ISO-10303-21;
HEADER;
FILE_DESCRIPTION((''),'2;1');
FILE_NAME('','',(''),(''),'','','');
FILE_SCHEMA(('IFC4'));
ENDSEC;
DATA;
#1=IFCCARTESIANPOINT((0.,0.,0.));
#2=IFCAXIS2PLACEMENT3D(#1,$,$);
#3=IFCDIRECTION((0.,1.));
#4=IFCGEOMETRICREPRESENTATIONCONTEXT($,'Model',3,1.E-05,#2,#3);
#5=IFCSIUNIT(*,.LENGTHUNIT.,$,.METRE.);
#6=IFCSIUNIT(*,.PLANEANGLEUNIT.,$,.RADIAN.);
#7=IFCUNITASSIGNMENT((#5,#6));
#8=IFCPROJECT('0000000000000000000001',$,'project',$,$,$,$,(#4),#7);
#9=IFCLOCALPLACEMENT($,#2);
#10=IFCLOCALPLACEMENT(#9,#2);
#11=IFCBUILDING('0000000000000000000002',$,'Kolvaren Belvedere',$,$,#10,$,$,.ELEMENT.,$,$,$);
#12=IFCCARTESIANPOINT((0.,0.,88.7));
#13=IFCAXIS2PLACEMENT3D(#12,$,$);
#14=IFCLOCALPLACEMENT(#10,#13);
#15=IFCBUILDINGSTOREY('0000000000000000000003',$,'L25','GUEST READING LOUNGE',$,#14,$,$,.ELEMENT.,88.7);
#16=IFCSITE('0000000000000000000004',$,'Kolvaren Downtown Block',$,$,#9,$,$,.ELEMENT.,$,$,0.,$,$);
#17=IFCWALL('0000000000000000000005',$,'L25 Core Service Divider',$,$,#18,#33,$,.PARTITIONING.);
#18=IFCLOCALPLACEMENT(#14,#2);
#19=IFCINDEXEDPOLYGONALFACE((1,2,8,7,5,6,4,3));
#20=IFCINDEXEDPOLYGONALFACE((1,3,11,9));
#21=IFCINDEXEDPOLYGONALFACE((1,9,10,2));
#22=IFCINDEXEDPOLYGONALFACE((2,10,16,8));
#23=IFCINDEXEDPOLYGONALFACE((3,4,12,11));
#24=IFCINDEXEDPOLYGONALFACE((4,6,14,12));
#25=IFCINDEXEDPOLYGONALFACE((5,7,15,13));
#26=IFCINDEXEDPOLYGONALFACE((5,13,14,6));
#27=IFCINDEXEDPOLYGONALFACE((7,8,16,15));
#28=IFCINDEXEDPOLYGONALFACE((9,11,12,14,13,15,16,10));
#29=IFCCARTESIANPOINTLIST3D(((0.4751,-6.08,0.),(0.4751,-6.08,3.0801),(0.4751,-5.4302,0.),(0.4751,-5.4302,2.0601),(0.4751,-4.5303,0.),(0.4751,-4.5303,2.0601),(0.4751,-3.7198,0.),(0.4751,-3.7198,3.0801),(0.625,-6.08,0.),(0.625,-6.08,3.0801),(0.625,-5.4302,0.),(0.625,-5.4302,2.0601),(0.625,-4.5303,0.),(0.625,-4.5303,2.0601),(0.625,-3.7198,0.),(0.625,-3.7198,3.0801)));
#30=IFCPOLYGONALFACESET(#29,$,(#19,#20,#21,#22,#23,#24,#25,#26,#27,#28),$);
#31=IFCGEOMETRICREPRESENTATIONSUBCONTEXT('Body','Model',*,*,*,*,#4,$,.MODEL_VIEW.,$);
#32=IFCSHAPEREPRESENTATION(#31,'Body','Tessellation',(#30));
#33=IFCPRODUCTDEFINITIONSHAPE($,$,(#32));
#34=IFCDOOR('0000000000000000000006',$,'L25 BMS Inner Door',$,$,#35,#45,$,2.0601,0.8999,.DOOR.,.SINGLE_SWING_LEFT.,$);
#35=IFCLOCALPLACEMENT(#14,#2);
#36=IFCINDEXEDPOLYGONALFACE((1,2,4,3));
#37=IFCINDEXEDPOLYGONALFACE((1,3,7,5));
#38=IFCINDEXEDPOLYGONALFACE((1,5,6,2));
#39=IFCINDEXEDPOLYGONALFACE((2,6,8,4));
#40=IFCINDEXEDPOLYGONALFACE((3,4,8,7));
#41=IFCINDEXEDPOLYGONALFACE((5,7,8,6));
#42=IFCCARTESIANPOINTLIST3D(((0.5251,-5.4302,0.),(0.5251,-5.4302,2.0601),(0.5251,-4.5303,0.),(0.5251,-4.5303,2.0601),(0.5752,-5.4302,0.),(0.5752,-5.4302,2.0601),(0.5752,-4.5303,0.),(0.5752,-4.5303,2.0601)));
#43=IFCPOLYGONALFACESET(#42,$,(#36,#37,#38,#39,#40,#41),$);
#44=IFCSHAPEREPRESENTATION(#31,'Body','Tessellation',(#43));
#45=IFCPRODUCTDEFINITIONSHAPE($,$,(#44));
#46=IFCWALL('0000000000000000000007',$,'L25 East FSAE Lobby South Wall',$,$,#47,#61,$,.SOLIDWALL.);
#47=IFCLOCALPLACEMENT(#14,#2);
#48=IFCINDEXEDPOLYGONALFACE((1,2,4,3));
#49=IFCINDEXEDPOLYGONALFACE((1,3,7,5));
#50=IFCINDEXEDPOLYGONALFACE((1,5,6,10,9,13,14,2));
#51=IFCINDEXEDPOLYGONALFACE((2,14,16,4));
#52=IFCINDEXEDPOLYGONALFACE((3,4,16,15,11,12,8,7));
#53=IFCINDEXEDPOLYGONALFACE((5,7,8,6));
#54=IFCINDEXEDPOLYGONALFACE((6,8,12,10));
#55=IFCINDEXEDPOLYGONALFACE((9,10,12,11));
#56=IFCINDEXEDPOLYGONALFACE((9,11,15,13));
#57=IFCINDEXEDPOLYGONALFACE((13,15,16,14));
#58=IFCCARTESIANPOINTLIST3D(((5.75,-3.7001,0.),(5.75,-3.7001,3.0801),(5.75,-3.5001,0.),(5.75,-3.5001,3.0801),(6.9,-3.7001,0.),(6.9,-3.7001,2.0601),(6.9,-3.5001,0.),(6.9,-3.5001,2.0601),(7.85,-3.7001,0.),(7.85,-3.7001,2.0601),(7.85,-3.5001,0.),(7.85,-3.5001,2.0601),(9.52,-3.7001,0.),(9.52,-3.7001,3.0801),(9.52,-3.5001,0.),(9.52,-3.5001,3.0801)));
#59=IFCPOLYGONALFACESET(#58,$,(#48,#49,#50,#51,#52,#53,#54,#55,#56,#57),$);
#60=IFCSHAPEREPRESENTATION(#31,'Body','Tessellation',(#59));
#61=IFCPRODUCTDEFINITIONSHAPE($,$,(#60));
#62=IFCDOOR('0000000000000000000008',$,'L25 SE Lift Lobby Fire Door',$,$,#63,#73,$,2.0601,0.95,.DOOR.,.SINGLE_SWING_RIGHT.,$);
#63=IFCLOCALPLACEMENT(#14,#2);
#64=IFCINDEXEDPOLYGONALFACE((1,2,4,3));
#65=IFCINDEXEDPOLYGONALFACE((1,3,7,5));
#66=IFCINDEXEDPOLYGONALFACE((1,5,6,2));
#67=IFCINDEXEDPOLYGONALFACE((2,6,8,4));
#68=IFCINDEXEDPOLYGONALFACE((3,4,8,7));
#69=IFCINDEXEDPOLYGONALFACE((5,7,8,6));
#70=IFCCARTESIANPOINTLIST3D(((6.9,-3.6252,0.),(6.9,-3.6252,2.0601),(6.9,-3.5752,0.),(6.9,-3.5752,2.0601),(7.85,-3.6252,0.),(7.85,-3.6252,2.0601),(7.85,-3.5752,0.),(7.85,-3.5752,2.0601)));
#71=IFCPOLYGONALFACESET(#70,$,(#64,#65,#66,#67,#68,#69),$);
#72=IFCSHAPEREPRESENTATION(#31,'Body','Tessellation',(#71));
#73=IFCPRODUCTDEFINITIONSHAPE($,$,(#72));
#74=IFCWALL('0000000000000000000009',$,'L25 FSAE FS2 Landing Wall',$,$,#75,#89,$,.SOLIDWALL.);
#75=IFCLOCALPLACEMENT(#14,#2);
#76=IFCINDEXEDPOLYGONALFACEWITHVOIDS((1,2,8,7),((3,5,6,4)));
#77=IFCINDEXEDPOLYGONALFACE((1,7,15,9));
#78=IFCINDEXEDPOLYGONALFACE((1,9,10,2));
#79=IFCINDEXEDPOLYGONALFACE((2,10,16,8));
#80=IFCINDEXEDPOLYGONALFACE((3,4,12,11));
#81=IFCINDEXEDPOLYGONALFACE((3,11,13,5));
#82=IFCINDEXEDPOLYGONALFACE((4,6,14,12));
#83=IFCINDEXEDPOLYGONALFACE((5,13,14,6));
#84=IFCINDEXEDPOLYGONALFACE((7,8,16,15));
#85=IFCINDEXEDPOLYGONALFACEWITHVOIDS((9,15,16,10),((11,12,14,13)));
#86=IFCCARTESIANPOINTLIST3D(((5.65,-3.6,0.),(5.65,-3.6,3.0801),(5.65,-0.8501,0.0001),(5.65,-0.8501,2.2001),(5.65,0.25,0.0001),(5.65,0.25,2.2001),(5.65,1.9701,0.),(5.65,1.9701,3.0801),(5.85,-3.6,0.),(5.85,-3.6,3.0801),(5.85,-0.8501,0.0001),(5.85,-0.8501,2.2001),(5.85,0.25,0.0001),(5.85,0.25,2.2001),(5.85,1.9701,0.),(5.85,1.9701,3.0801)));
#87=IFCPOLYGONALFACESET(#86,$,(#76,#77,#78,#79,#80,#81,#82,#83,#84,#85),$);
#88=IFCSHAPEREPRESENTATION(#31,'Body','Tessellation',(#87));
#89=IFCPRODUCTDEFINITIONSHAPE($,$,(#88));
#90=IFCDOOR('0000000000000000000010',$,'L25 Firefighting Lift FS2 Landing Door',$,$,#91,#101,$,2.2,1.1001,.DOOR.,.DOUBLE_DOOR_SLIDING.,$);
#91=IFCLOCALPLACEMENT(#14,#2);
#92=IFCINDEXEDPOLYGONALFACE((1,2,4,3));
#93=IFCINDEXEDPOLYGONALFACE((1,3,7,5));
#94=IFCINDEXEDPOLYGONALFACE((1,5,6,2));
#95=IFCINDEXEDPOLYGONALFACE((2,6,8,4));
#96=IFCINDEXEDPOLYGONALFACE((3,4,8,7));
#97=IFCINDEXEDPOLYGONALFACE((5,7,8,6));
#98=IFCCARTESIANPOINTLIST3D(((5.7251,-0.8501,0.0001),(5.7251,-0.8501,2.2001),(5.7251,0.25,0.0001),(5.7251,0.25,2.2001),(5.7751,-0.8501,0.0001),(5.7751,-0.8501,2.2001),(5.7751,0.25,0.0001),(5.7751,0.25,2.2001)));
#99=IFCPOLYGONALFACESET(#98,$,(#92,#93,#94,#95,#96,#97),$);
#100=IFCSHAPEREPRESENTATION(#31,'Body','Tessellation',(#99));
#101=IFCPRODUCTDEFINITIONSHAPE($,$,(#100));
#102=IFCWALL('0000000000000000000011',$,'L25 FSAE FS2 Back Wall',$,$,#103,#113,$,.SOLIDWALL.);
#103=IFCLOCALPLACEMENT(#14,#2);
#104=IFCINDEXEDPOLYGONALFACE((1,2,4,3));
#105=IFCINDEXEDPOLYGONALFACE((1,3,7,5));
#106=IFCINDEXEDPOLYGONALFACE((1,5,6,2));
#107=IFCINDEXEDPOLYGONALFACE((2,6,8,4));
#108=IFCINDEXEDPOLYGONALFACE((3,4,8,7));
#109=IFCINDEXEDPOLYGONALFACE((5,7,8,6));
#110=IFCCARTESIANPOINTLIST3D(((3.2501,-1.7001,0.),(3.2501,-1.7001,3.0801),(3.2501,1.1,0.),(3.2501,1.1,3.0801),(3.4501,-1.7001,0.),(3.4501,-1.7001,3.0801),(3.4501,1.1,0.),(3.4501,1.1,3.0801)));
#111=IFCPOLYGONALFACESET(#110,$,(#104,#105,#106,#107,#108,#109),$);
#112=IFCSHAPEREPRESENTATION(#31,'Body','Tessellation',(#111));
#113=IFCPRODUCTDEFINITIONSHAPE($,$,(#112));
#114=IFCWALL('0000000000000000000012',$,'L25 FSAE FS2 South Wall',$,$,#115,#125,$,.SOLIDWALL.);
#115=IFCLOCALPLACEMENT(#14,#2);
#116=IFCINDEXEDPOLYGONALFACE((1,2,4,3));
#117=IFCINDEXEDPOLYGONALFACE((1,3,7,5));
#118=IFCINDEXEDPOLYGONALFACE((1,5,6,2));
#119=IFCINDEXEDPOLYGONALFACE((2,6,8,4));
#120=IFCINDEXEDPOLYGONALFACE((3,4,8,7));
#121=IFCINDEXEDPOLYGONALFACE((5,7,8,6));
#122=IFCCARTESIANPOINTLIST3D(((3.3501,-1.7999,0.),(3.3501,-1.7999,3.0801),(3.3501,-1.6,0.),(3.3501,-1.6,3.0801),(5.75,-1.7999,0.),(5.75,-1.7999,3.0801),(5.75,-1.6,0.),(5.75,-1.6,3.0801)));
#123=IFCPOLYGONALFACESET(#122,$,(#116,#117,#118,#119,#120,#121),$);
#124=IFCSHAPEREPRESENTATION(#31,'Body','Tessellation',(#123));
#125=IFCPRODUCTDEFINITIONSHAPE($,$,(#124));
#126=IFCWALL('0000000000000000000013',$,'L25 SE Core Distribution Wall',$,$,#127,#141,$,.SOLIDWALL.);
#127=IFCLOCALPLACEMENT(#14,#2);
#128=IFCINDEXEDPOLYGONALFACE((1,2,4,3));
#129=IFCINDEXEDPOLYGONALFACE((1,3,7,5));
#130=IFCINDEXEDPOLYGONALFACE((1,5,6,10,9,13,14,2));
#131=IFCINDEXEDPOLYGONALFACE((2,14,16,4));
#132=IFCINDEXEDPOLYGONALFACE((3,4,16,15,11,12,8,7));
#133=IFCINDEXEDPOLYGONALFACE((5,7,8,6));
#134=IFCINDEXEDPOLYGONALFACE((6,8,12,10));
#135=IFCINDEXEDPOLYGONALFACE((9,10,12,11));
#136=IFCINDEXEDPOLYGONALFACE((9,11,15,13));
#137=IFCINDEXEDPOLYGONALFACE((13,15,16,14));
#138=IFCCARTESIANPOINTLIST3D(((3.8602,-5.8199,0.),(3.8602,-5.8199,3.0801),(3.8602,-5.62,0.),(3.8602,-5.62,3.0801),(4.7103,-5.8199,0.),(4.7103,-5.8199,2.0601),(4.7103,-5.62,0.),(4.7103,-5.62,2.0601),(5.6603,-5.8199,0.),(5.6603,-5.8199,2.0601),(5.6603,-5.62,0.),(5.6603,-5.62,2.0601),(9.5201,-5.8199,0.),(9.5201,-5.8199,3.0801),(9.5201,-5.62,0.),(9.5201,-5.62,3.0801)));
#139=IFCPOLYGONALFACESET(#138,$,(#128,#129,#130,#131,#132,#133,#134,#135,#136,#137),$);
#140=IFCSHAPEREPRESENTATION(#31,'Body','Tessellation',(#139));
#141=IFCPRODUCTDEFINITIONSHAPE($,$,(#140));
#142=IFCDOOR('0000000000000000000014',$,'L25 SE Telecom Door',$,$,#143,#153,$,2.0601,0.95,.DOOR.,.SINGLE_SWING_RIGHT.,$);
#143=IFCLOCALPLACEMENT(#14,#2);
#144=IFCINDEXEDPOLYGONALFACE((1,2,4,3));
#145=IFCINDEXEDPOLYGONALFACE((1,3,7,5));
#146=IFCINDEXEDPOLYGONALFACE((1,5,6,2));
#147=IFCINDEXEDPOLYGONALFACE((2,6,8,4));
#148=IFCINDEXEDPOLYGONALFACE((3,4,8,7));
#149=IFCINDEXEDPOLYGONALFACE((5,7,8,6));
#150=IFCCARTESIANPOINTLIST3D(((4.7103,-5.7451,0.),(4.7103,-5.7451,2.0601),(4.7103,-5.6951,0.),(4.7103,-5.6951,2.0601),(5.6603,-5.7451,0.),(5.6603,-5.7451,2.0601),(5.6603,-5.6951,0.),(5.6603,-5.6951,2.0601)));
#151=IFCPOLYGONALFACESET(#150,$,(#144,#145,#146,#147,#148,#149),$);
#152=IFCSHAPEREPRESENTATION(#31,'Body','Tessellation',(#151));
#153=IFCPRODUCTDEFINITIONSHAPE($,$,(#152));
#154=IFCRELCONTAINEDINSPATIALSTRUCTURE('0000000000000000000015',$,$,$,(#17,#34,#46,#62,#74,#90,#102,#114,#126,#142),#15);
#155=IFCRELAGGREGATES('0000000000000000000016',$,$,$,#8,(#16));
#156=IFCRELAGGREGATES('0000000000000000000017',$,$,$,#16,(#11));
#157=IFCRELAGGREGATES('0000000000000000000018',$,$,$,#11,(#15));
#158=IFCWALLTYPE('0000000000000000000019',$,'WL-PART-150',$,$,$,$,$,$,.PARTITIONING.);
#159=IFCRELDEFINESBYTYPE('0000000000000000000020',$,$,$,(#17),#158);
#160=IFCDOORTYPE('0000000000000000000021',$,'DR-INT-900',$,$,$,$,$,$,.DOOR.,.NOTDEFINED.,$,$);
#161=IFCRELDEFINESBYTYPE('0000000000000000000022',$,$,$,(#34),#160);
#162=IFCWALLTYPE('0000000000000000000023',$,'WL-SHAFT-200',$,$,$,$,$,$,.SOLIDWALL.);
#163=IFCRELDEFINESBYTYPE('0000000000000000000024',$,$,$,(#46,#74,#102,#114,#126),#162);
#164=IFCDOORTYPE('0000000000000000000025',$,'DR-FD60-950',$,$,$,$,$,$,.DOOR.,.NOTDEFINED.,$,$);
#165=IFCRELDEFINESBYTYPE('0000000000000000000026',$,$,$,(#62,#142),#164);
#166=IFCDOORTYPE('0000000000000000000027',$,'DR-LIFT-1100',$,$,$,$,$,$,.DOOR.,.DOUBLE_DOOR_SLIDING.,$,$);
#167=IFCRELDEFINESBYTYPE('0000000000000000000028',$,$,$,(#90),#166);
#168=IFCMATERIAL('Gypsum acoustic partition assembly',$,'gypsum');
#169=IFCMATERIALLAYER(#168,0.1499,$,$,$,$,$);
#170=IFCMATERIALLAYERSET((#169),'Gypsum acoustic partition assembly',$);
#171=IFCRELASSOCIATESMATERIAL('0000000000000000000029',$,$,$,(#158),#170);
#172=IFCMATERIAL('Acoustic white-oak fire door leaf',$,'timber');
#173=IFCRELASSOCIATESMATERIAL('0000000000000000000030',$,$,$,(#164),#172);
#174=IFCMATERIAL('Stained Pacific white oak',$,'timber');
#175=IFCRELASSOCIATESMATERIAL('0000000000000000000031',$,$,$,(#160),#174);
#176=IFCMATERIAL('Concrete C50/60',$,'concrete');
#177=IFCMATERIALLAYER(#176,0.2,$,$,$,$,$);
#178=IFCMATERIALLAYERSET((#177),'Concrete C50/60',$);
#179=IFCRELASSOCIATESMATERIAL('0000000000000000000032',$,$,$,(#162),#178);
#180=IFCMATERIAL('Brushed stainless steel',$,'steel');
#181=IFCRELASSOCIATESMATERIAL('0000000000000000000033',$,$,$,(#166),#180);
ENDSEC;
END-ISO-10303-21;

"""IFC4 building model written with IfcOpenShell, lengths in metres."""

from ifc_helpers import new_model, si_unit, direction, frame, frame_2d, origin, place, context, subcontext, project, spatial, rectangle, extrude, material, layer, layer_set, type_object, element, fill, save


model = new_model("IFC4")

# Units and contexts
model_context = context("Model", 3, precision=1e-05, world=origin(), true_north=direction((0.0, 1.0)))
body_context = subcontext(model_context, "Body", "Model", "MODEL_VIEW")
ifc_project = project(units=[si_unit("LENGTHUNIT", "METRE"), si_unit("PLANEANGLEUNIT", "RADIAN")], contexts=[model_context])

# Site, building, storey
site_placement = place(None, origin())
site = spatial("IfcSite", under=ifc_project, at=site_placement, Name="Kolvaren Downtown Block", CompositionType="ELEMENT", RefElevation=0.0)
building_placement = place(site_placement, origin())
building = spatial("IfcBuilding", under=site, at=building_placement, Name="Kolvaren Belvedere", CompositionType="ELEMENT")
storey_placement = place(building_placement, frame((0.0, 0.0, 88.7)))
storey = spatial("IfcBuildingStorey", under=building, at=storey_placement, Name="L25", Description="GUEST READING LOUNGE", CompositionType="ELEMENT", Elevation=88.7)

# Walls, openings, doors
ifc_material_1 = material(Name="Gypsum acoustic partition assembly", Category="gypsum")
ifc_layer_1 = layer(ifc_material_1, 0.1499)
ifc_layer_set_1 = layer_set([ifc_layer_1], Name="Gypsum acoustic partition assembly")
wall_type_1 = type_object("IfcWallType", Name="WL-PART-150", PredefinedType="PARTITIONING", material=ifc_layer_set_1)
ifc_material_2 = material(Name="Acoustic white-oak fire door leaf", Category="timber")
door_type_1 = type_object("IfcDoorType", Name="DR-FD60-950", OperationType="NOTDEFINED", PredefinedType="DOOR", material=ifc_material_2)
wall_1_placement = place(storey_placement, frame((0.55, -6.0801, 0.0), z_axis=(0.0, 0.0, 1.0), x_axis=(0.0, 1.0, 0.0)))
wall_1 = element("IfcWall", 1, at=wall_1_placement, inside=storey, type_object=wall_type_1, Name="L25 Core Service Divider", PredefinedType="PARTITIONING", context=body_context, shape_type="SweptSolid", body=[
    extrude(rectangle(XDim=2.3601, YDim=0.1499, at=frame_2d((1.1802, 0.0))), origin(), (0.0, 0.0, 1.0), 3.0801),
])
opening_1_placement = place(wall_1_placement, frame((0.6499, 0.0, 0.0)))
opening_1 = element("IfcOpeningElement", 2, at=opening_1_placement, cuts=wall_1, PredefinedType="OPENING", context=body_context, shape_type="SweptSolid", body=[
    extrude(rectangle(XDim=0.8999, YDim=2.0601, at=frame_2d((0.45, 1.03))), frame((0.0, 0.085, 0.0), z_axis=(0.0, -1.0, 0.0), x_axis=(1.0, 0.0, 0.0)), (0.0, 0.0, 1.0), 0.1699),
])
ifc_material_3 = material(Name="Stained Pacific white oak", Category="timber")
door_type_2 = type_object("IfcDoorType", Name="DR-INT-900", OperationType="NOTDEFINED", PredefinedType="DOOR", material=ifc_material_3)
door_1_placement = place(opening_1_placement, origin())
door_1 = element("IfcDoor", 3, at=door_1_placement, inside=storey, type_object=door_type_2, Name="L25 BMS Inner Door", OperationType="SINGLE_SWING_LEFT", OverallHeight=2.0601, OverallWidth=0.8999, PredefinedType="DOOR", context=body_context, shape_type="SweptSolid", body=[
    extrude(rectangle(XDim=0.8999, YDim=2.0601, at=frame_2d((0.45, 1.03))), frame((0.0, 0.0249, 0.0), z_axis=(0.0, -1.0, 0.0), x_axis=(1.0, 0.0, 0.0)), (0.0, 0.0, 1.0), 0.05),
])
fill(opening_1, door_1)
ifc_material_4 = material(Name="Concrete C50/60", Category="concrete")
ifc_layer_2 = layer(ifc_material_4, 0.2)
ifc_layer_set_2 = layer_set([ifc_layer_2], Name="Concrete C50/60")
wall_type_2 = type_object("IfcWallType", Name="WL-SHAFT-200", PredefinedType="SOLIDWALL", material=ifc_layer_set_2)
wall_2_placement = place(storey_placement, frame((5.75, -3.6001, 0.0), z_axis=(0.0, 0.0, 1.0), x_axis=(1.0, 0.0, 0.0)))
wall_2 = element("IfcWall", 4, at=wall_2_placement, inside=storey, type_object=wall_type_2, Name="L25 East FSAE Lobby South Wall", PredefinedType="SOLIDWALL", context=body_context, shape_type="SweptSolid", body=[
    extrude(rectangle(XDim=3.77, YDim=0.2, at=frame_2d((1.885, 0.0))), origin(), (0.0, 0.0, 1.0), 3.0801),
])
opening_2_placement = place(wall_2_placement, frame((1.1499, 0.0, 0.0)))
opening_2 = element("IfcOpeningElement", 5, at=opening_2_placement, cuts=wall_2, PredefinedType="OPENING", context=body_context, shape_type="SweptSolid", body=[
    extrude(rectangle(XDim=0.95, YDim=2.0601, at=frame_2d((0.4751, 1.03))), frame((0.0, 0.1099, 0.0), z_axis=(0.0, -1.0, 0.0), x_axis=(1.0, 0.0, 0.0)), (0.0, 0.0, 1.0), 0.22),
])
door_2_placement = place(opening_2_placement, origin())
door_2 = element("IfcDoor", 6, at=door_2_placement, inside=storey, type_object=door_type_1, Name="L25 SE Lift Lobby Fire Door", OperationType="SINGLE_SWING_RIGHT", OverallHeight=2.0601, OverallWidth=0.95, PredefinedType="DOOR", context=body_context, shape_type="SweptSolid", body=[
    extrude(rectangle(XDim=0.95, YDim=2.0601, at=frame_2d((0.4751, 1.03))), frame((0.0, 0.0249, 0.0), z_axis=(0.0, -1.0, 0.0), x_axis=(1.0, 0.0, 0.0)), (0.0, 0.0, 1.0), 0.05),
])
fill(opening_2, door_2)
wall_3_placement = place(storey_placement, frame((5.75, -3.6001, 0.0), z_axis=(0.0, 0.0, 1.0), x_axis=(0.0, 1.0, 0.0)))
wall_3 = element("IfcWall", 7, at=wall_3_placement, inside=storey, type_object=wall_type_2, Name="L25 FSAE FS2 Landing Wall", PredefinedType="SOLIDWALL", context=body_context, shape_type="SweptSolid", body=[
    extrude(rectangle(XDim=5.5701, YDim=0.2, at=frame_2d((2.7852, 0.0))), origin(), (0.0, 0.0, 1.0), 3.0801),
])
opening_3_placement = place(wall_3_placement, frame((2.75, 0.0, 0.0)))
opening_3 = element("IfcOpeningElement", 8, at=opening_3_placement, cuts=wall_3, PredefinedType="OPENING", context=body_context, shape_type="SweptSolid", body=[
    extrude(rectangle(XDim=1.1001, YDim=2.2, at=frame_2d((0.55, 1.1001))), frame((0.0, 0.1099, 0.0), z_axis=(0.0, -1.0, 0.0), x_axis=(1.0, 0.0, 0.0)), (0.0, 0.0, 1.0), 0.22),
])
ifc_material_5 = material(Name="Brushed stainless steel", Category="steel")
door_type_3 = type_object("IfcDoorType", Name="DR-LIFT-1100", OperationType="DOUBLE_DOOR_SLIDING", PredefinedType="DOOR", material=ifc_material_5)
door_3_placement = place(opening_3_placement, origin())
door_3 = element("IfcDoor", 9, at=door_3_placement, inside=storey, type_object=door_type_3, Name="L25 Firefighting Lift FS2 Landing Door", OperationType="DOUBLE_DOOR_SLIDING", OverallHeight=2.2, OverallWidth=1.1001, PredefinedType="DOOR", context=body_context, shape_type="SweptSolid", body=[
    extrude(rectangle(XDim=1.1001, YDim=2.2, at=frame_2d((0.55, 1.1001))), frame((0.0, 0.0249, 0.0), z_axis=(0.0, -1.0, 0.0), x_axis=(1.0, 0.0, 0.0)), (0.0, 0.0, 1.0), 0.05),
])
fill(opening_3, door_3)

# Walls
wall_4_placement = place(storey_placement, frame((3.3501, -1.7, 0.0), z_axis=(0.0, 0.0, 1.0), x_axis=(0.0, 1.0, 0.0)))
element("IfcWall", 10, at=wall_4_placement, inside=storey, type_object=wall_type_2, Name="L25 FSAE FS2 Back Wall", PredefinedType="SOLIDWALL", context=body_context, shape_type="SweptSolid", body=[
    extrude(rectangle(XDim=2.8, YDim=0.2, at=frame_2d((1.3999, 0.0))), origin(), (0.0, 0.0, 1.0), 3.0801),
])
wall_5_placement = place(storey_placement, frame((3.3501, -1.7, 0.0), z_axis=(0.0, 0.0, 1.0), x_axis=(1.0, 0.0, 0.0)))
element("IfcWall", 11, at=wall_5_placement, inside=storey, type_object=wall_type_2, Name="L25 FSAE FS2 South Wall", PredefinedType="SOLIDWALL", context=body_context, shape_type="SweptSolid", body=[
    extrude(rectangle(XDim=2.3999, YDim=0.2, at=frame_2d((1.2, 0.0))), origin(), (0.0, 0.0, 1.0), 3.0801),
])

# Wall, opening, door
wall_6_placement = place(storey_placement, frame((3.8601, -5.72, 0.0), z_axis=(0.0, 0.0, 1.0), x_axis=(1.0, 0.0, 0.0)))
wall_6 = element("IfcWall", 12, at=wall_6_placement, inside=storey, type_object=wall_type_2, Name="L25 SE Core Distribution Wall", PredefinedType="SOLIDWALL", context=body_context, shape_type="SweptSolid", body=[
    extrude(rectangle(XDim=5.6599, YDim=0.2, at=frame_2d((2.8301, 0.0))), origin(), (0.0, 0.0, 1.0), 3.0801),
])
opening_4_placement = place(wall_6_placement, frame((0.8501, 0.0, 0.0)))
opening_4 = element("IfcOpeningElement", 13, at=opening_4_placement, cuts=wall_6, PredefinedType="OPENING", context=body_context, shape_type="SweptSolid", body=[
    extrude(rectangle(XDim=0.95, YDim=2.0601, at=frame_2d((0.4751, 1.03))), frame((0.0, 0.1099, 0.0), z_axis=(0.0, -1.0, 0.0), x_axis=(1.0, 0.0, 0.0)), (0.0, 0.0, 1.0), 0.22),
])
door_4_placement = place(opening_4_placement, origin())
door_4 = element("IfcDoor", 14, at=door_4_placement, inside=storey, type_object=door_type_1, Name="L25 SE Telecom Door", OperationType="SINGLE_SWING_RIGHT", OverallHeight=2.0601, OverallWidth=0.95, PredefinedType="DOOR", context=body_context, shape_type="SweptSolid", body=[
    extrude(rectangle(XDim=0.95, YDim=2.0601, at=frame_2d((0.4751, 1.03))), frame((0.0, 0.0249, 0.0), z_axis=(0.0, -1.0, 0.0), x_axis=(1.0, 0.0, 0.0)), (0.0, 0.0, 1.0), 0.05),
])
fill(opening_4, door_4)

save(model, "model.ifc")
